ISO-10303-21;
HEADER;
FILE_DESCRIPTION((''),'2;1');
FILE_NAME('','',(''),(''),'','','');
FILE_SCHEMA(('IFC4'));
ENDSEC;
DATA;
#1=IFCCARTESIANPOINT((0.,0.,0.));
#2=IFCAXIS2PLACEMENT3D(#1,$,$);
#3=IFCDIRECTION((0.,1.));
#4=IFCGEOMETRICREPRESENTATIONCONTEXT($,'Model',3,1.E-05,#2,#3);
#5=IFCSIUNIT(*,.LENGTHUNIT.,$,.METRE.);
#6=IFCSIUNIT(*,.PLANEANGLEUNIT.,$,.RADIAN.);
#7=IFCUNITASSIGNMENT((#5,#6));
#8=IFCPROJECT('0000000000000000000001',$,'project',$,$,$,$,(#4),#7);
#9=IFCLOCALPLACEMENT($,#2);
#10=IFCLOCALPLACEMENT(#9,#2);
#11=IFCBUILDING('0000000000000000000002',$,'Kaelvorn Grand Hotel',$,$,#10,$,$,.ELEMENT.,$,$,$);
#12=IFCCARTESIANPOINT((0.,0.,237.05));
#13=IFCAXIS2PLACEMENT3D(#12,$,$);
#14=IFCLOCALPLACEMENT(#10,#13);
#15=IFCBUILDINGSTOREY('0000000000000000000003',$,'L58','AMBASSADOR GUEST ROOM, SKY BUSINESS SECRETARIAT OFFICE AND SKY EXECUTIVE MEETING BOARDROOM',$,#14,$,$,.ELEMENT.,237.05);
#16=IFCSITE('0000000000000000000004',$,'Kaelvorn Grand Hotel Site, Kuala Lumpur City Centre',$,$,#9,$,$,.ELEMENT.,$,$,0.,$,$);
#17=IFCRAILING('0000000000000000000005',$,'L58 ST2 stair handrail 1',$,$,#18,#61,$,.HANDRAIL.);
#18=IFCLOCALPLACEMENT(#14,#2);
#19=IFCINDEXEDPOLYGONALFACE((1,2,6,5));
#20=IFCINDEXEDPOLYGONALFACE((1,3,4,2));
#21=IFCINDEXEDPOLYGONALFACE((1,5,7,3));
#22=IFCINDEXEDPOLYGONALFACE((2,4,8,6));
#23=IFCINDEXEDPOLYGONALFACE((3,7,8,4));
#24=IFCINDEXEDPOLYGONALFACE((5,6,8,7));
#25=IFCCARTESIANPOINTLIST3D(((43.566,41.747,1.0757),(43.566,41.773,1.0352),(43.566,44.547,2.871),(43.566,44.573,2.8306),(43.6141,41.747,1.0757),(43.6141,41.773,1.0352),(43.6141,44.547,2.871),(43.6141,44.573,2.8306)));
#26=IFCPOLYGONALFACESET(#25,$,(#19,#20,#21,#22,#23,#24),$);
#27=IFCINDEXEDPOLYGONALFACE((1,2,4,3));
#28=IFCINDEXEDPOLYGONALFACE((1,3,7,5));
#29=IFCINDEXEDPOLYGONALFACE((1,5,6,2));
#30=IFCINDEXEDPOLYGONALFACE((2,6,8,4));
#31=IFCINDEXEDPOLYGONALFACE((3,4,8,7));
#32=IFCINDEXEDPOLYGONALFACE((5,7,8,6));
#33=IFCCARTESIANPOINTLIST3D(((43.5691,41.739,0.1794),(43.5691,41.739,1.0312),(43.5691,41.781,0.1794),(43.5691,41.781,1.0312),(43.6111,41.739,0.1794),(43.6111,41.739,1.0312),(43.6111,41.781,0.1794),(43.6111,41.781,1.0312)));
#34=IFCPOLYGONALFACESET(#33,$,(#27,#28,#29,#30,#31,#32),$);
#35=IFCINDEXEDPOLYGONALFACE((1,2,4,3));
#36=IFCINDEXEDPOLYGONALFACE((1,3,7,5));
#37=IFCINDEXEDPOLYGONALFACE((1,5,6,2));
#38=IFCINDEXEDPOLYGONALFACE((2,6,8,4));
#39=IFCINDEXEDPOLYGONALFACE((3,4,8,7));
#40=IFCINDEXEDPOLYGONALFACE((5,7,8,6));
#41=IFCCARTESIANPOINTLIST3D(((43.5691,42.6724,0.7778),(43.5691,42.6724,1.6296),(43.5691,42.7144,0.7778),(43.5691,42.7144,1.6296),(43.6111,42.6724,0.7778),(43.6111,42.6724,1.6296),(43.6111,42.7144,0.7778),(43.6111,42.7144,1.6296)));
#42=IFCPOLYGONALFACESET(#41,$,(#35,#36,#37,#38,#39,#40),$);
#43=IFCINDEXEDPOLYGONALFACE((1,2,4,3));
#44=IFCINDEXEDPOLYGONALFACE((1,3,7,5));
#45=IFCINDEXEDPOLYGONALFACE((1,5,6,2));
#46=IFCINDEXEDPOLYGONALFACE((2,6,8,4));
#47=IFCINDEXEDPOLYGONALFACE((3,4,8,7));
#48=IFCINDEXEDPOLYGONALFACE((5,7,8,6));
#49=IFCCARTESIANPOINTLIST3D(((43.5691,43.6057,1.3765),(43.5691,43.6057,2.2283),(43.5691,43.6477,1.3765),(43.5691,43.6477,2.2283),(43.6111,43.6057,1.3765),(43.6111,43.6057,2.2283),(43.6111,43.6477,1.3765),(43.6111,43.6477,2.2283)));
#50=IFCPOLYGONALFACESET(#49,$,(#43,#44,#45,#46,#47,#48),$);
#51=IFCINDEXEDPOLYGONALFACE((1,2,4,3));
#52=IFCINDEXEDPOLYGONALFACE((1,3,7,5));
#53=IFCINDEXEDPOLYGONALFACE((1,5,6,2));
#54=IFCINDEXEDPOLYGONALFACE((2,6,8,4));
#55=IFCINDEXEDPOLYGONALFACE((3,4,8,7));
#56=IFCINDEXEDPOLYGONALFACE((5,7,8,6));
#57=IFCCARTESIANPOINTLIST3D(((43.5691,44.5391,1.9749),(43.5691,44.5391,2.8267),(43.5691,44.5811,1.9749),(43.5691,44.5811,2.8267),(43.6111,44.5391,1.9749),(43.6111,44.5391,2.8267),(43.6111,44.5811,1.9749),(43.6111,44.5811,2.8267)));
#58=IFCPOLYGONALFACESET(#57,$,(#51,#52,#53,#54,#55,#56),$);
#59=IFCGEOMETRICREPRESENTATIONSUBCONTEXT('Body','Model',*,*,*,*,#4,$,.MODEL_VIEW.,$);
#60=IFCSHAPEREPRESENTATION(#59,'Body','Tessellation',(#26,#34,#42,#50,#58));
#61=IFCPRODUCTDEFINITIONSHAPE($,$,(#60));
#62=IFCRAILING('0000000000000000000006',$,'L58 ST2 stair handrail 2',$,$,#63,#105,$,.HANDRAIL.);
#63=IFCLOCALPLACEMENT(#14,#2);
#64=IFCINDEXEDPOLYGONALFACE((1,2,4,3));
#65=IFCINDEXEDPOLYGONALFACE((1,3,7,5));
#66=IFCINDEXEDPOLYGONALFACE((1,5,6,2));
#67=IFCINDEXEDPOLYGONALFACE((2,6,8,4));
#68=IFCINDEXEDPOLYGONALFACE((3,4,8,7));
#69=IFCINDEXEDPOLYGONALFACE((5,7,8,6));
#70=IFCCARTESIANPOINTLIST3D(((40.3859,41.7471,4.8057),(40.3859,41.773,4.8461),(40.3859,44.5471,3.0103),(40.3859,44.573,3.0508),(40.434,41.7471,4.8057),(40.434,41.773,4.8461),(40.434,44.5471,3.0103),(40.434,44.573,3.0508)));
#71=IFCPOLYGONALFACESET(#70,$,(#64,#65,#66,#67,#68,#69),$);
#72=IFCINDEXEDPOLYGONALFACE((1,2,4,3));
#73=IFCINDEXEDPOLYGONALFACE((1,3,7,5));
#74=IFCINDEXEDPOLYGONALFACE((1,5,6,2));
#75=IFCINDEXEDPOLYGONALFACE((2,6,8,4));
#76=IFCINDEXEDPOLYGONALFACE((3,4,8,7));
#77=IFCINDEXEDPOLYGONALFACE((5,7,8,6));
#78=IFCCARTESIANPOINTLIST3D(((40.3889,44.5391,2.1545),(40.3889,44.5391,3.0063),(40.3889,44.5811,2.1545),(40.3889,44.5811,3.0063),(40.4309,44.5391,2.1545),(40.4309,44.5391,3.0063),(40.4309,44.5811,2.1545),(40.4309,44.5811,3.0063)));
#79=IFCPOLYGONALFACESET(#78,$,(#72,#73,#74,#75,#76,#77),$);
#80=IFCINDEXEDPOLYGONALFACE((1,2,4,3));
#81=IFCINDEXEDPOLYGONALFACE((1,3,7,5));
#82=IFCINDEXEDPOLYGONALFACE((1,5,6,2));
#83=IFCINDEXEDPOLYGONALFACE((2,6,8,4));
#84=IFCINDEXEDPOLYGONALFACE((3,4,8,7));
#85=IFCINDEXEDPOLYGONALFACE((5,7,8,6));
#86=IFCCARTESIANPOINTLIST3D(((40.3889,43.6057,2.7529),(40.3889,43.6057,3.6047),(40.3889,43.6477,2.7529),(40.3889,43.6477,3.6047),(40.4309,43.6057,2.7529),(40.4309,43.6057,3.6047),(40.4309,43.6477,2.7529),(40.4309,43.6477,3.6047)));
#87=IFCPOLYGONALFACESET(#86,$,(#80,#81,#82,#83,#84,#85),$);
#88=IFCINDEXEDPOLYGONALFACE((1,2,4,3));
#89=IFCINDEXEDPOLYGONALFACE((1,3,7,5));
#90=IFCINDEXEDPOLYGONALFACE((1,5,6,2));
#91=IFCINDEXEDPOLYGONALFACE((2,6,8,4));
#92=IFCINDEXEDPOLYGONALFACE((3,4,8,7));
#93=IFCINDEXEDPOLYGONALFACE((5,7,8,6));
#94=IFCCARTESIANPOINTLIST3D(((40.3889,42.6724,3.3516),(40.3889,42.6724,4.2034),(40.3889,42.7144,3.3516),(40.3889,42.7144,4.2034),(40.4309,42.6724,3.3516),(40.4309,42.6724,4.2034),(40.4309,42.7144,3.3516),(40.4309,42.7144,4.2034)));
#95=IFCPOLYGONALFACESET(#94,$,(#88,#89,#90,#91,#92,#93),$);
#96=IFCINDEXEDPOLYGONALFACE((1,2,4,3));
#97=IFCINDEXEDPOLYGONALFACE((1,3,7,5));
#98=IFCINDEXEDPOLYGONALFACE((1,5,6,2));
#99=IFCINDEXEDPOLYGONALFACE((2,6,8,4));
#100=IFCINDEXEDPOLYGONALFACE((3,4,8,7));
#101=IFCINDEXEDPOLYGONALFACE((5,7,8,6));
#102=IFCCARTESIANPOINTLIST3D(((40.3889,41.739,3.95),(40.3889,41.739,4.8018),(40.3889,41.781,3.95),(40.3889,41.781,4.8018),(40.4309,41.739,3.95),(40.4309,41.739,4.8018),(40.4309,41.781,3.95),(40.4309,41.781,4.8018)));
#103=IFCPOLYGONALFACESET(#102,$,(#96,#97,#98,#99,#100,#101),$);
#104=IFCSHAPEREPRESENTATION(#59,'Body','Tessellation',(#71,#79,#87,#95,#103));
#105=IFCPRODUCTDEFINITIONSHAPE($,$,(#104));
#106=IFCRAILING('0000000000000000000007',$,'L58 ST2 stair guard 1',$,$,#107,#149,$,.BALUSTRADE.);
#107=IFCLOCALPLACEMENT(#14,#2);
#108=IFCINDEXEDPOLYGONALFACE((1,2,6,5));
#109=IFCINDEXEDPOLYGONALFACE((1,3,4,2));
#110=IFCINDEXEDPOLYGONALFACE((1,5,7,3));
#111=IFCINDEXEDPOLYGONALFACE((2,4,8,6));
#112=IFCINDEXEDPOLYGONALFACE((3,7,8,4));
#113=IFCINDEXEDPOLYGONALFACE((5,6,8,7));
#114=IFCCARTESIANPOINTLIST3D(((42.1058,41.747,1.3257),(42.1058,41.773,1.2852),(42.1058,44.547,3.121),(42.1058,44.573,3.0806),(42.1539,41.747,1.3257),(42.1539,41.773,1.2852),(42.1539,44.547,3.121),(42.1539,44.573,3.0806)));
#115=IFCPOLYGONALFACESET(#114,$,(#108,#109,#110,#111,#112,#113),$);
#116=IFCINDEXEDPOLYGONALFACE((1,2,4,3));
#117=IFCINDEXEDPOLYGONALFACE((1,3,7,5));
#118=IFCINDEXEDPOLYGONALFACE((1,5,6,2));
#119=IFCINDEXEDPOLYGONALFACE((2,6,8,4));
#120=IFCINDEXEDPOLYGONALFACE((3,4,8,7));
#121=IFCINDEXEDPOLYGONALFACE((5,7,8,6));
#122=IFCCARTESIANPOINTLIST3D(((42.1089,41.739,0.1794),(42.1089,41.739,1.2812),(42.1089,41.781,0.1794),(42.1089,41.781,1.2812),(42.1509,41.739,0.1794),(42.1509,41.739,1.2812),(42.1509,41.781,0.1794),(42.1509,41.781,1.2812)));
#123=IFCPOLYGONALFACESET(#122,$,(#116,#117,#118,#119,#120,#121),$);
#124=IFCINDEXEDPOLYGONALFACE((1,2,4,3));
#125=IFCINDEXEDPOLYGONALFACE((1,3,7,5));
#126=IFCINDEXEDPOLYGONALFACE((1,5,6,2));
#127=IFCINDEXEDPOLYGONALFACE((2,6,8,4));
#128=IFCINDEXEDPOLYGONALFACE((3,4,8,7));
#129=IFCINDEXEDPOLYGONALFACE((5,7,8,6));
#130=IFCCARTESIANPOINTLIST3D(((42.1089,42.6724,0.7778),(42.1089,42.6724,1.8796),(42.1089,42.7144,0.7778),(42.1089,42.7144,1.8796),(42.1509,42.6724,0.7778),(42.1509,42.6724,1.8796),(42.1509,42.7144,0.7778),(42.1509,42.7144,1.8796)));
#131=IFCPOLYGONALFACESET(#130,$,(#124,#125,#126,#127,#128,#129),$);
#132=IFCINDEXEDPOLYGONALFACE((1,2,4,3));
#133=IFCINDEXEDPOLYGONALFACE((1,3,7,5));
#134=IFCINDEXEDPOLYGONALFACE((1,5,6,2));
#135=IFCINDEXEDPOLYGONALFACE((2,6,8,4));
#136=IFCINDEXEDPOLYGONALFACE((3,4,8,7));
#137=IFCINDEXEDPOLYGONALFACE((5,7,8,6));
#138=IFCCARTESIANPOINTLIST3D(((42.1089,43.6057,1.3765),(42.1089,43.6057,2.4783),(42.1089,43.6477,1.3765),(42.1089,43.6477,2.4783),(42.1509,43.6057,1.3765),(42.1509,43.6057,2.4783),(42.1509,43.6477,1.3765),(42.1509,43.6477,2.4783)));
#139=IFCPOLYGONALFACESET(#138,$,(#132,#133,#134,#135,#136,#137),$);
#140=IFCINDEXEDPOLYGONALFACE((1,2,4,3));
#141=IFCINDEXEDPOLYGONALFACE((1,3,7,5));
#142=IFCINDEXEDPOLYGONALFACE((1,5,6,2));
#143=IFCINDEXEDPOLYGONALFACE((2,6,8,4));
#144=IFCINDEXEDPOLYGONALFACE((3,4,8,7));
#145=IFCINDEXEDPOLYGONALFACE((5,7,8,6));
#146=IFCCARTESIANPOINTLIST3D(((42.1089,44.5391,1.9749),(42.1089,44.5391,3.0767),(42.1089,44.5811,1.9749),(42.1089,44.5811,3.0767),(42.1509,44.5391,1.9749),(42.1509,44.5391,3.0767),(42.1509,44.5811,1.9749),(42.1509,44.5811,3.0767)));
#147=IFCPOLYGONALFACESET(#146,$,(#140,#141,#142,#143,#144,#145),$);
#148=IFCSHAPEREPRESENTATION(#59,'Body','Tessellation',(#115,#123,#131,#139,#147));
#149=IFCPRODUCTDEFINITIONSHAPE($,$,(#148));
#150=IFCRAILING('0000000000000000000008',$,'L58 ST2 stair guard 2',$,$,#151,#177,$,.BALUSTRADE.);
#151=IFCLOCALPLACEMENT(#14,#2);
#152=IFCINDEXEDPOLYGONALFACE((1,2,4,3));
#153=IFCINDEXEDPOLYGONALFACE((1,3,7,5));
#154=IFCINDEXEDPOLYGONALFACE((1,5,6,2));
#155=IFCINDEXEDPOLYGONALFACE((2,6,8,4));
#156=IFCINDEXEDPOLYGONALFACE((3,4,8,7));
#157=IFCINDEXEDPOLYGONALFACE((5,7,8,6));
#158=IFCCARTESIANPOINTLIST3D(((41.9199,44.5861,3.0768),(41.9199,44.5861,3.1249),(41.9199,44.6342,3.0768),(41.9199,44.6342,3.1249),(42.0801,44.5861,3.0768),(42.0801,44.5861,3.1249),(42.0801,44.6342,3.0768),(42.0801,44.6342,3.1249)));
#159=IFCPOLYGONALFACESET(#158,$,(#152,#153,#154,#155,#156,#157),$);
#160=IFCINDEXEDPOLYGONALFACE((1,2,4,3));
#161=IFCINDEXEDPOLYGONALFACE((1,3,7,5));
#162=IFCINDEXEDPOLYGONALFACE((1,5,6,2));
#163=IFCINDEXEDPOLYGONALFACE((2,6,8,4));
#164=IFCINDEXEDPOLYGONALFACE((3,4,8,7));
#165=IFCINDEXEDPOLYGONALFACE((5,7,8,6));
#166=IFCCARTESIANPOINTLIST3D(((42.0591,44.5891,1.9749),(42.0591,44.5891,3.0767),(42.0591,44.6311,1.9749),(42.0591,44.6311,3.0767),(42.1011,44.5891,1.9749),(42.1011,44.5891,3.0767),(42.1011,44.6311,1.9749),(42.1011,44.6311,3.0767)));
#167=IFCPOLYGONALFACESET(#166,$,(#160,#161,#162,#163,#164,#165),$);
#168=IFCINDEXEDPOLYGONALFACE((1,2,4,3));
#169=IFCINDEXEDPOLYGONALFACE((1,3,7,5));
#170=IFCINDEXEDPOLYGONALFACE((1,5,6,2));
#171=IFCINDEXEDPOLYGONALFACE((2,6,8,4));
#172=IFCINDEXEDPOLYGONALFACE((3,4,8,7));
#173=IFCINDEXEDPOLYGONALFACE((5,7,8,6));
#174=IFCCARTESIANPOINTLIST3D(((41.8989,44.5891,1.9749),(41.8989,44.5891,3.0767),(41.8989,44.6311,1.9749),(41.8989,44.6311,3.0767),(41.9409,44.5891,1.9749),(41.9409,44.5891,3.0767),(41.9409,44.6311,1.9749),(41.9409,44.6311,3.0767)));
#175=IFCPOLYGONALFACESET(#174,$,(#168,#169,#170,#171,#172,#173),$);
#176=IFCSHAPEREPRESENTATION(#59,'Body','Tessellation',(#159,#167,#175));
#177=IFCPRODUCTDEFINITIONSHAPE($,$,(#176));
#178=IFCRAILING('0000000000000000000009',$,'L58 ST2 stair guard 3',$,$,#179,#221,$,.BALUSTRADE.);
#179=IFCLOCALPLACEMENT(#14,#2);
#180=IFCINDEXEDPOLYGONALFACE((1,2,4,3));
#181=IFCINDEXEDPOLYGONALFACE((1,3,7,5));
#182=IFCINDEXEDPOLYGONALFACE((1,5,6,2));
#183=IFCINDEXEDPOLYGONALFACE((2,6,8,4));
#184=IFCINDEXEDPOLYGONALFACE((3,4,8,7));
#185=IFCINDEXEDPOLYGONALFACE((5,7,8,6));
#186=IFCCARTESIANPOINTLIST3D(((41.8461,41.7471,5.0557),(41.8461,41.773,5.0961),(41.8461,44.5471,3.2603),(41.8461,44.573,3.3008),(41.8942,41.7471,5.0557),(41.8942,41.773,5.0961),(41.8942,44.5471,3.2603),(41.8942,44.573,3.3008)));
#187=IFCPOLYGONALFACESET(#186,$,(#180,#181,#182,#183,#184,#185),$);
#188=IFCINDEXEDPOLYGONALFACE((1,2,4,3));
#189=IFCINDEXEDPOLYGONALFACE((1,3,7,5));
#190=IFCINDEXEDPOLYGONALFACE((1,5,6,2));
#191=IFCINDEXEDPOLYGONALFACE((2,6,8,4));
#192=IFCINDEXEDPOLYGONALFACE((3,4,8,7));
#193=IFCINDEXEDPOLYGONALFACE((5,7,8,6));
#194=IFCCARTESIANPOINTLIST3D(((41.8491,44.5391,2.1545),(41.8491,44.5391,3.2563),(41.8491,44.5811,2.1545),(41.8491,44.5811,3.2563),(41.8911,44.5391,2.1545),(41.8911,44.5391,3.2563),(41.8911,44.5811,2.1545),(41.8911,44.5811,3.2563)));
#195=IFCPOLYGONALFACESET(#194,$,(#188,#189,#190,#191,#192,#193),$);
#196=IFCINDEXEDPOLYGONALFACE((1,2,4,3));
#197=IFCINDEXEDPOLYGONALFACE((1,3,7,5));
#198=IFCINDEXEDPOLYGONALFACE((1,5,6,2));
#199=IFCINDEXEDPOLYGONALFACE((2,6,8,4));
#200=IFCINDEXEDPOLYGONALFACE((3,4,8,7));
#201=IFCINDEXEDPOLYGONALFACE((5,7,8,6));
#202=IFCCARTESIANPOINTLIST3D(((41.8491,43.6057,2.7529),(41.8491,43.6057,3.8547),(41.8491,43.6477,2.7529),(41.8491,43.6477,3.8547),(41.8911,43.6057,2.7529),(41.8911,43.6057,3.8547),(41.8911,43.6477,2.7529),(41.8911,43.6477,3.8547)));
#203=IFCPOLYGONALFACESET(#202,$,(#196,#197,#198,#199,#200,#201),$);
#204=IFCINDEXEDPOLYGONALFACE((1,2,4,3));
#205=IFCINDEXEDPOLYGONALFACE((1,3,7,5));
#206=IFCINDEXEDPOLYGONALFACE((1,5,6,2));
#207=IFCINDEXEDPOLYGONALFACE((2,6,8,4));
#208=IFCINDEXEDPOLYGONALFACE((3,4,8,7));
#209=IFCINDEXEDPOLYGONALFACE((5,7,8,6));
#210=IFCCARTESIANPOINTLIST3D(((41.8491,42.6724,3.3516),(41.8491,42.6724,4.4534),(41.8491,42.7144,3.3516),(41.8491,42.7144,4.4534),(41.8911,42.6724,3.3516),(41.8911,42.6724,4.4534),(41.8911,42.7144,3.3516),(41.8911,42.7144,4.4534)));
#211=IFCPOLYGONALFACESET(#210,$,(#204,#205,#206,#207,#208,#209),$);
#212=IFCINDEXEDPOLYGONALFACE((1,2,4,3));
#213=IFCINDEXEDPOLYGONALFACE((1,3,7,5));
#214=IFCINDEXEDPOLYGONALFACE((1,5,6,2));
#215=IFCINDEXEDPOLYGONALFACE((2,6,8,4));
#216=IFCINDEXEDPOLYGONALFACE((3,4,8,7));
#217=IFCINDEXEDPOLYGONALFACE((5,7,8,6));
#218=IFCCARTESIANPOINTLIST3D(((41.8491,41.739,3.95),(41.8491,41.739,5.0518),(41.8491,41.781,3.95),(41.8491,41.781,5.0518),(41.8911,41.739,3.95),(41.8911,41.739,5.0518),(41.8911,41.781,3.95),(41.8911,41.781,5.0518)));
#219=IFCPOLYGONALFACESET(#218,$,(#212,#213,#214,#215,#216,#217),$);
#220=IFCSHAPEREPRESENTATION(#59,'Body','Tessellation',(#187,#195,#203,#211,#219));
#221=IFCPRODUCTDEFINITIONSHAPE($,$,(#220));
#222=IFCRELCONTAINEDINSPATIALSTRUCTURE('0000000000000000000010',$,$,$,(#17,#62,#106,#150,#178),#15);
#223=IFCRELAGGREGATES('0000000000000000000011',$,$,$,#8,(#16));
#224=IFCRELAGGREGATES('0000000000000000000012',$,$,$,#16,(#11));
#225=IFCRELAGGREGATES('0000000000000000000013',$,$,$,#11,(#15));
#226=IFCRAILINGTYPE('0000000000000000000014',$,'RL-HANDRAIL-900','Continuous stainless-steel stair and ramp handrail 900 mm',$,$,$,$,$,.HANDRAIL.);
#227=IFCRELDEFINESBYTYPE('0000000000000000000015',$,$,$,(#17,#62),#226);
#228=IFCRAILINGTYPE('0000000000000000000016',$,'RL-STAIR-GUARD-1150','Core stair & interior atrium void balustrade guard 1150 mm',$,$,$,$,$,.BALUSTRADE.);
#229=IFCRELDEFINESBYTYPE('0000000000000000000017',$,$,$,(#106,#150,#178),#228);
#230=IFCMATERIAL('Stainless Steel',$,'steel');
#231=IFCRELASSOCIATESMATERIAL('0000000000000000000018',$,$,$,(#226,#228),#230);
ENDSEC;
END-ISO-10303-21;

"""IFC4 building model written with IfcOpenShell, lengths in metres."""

from ifc_helpers import new_model, si_unit, direction, frame, origin, origin_2d, place, context, subcontext, project, spatial, rectangle, extrude, material, type_object, element, save


model = new_model("IFC4")

# Units and contexts
model_context = context("Model", 3, precision=1e-05, world=origin(), true_north=direction((0.0, 1.0)))
body_context = subcontext(model_context, "Body", "Model", "MODEL_VIEW")
ifc_project = project(units=[si_unit("LENGTHUNIT", "METRE"), si_unit("PLANEANGLEUNIT", "RADIAN")], contexts=[model_context])

# Site, building, storey
site_placement = place(None, origin())
site = spatial("IfcSite", under=ifc_project, at=site_placement, Name="Kaelvorn Grand Hotel Site, Kuala Lumpur City Centre", CompositionType="ELEMENT", RefElevation=0.0)
building_placement = place(site_placement, origin())
building = spatial("IfcBuilding", under=site, at=building_placement, Name="Kaelvorn Grand Hotel", CompositionType="ELEMENT")
storey_placement = place(building_placement, frame((0.0, 0.0, 237.05)))
storey = spatial("IfcBuildingStorey", under=building, at=storey_placement, Name="L58", Description="AMBASSADOR GUEST ROOM, SKY BUSINESS SECRETARIAT OFFICE AND SKY EXECUTIVE MEETING BOARDROOM", CompositionType="ELEMENT", Elevation=237.05)

# Railings
ifc_material_1 = material(Name="Stainless Steel", Category="steel")
railing_type_1 = type_object("IfcRailingType", Name="RL-HANDRAIL-900", Description="Continuous stainless-steel stair and ramp handrail 900 mm", PredefinedType="HANDRAIL", material=ifc_material_1)
railing_1_placement = place(storey_placement, frame((43.5901, 41.76, 0.1794)))
element("IfcRailing", 1, at=railing_1_placement, inside=storey, type_object=railing_type_1, Name="L58 ST2 stair handrail 1", PredefinedType="HANDRAIL", context=body_context, shape_type="SweptSolid", body=[
    extrude(rectangle(XDim=0.0481, YDim=0.0481, at=origin_2d()), frame((0.0, 0.0, 0.876), z_axis=(0.0, 0.84181, 0.539774), x_axis=(-1.0, 0.0, 0.0)), (0.0, 0.0, 1.0), 3.3262),
    extrude(rectangle(XDim=0.042, YDim=0.042, at=origin_2d()), origin(), (0.0, 0.0, 1.0), 0.8518),
    extrude(rectangle(XDim=0.042, YDim=0.042, at=origin_2d()), frame((0.0, 0.9333, 0.5984)), (0.0, 0.0, 1.0), 0.8518),
    extrude(rectangle(XDim=0.042, YDim=0.042, at=origin_2d()), frame((0.0, 1.8667, 1.197)), (0.0, 0.0, 1.0), 0.8518),
    extrude(rectangle(XDim=0.042, YDim=0.042, at=origin_2d()), frame((0.0, 2.8, 1.7954)), (0.0, 0.0, 1.0), 0.8518),
])
railing_2_placement = place(storey_placement, frame((40.4099, 44.5601, 2.1545)))
element("IfcRailing", 2, at=railing_2_placement, inside=storey, type_object=railing_type_1, Name="L58 ST2 stair handrail 2", PredefinedType="HANDRAIL", context=body_context, shape_type="SweptSolid", body=[
    extrude(rectangle(XDim=0.0481, YDim=0.0481, at=origin_2d()), frame((0.0, 0.0, 0.876), z_axis=(0.0, -0.84181, 0.539774), x_axis=(1.0, 0.0, 0.0)), (0.0, 0.0, 1.0), 3.3262),
    extrude(rectangle(XDim=0.042, YDim=0.042, at=origin_2d()), origin(), (0.0, 0.0, 1.0), 0.8518),
    extrude(rectangle(XDim=0.042, YDim=0.042, at=origin_2d()), frame((0.0, -0.9333, 0.5984)), (0.0, 0.0, 1.0), 0.8518),
    extrude(rectangle(XDim=0.042, YDim=0.042, at=origin_2d()), frame((0.0, -1.8667, 1.197)), (0.0, 0.0, 1.0), 0.8518),
    extrude(rectangle(XDim=0.042, YDim=0.042, at=origin_2d()), frame((0.0, -2.8, 1.7954)), (0.0, 0.0, 1.0), 0.8518),
])
railing_type_2 = type_object("IfcRailingType", Name="RL-STAIR-GUARD-1150", Description="Core stair & interior atrium void balustrade guard 1150 mm", PredefinedType="BALUSTRADE", material=ifc_material_1)
railing_3_placement = place(storey_placement, frame((42.1299, 41.76, 0.1794)))
element("IfcRailing", 3, at=railing_3_placement, inside=storey, type_object=railing_type_2, Name="L58 ST2 stair guard 1", PredefinedType="BALUSTRADE", context=body_context, shape_type="SweptSolid", body=[
    extrude(rectangle(XDim=0.0481, YDim=0.0481, at=origin_2d()), frame((0.0, 0.0, 1.126), z_axis=(0.0, 0.84181, 0.539774), x_axis=(-1.0, 0.0, 0.0)), (0.0, 0.0, 1.0), 3.3262),
    extrude(rectangle(XDim=0.042, YDim=0.042, at=origin_2d()), origin(), (0.0, 0.0, 1.0), 1.1018),
    extrude(rectangle(XDim=0.042, YDim=0.042, at=origin_2d()), frame((0.0, 0.9333, 0.5984)), (0.0, 0.0, 1.0), 1.1018),
    extrude(rectangle(XDim=0.042, YDim=0.042, at=origin_2d()), frame((0.0, 1.8667, 1.197)), (0.0, 0.0, 1.0), 1.1018),
    extrude(rectangle(XDim=0.042, YDim=0.042, at=origin_2d()), frame((0.0, 2.8, 1.7954)), (0.0, 0.0, 1.0), 1.1018),
])
railing_4_placement = place(storey_placement, frame((42.0801, 44.6101, 1.9749)))
element("IfcRailing", 4, at=railing_4_placement, inside=storey, type_object=railing_type_2, Name="L58 ST2 stair guard 2", PredefinedType="BALUSTRADE", context=body_context, shape_type="SweptSolid", body=[
    extrude(rectangle(XDim=0.0481, YDim=0.0481, at=origin_2d()), frame((0.0, 0.0, 1.126), z_axis=(-1.0, 0.0, 0.0), x_axis=(0.0, -1.0, 0.0)), (0.0, 0.0, 1.0), 0.1602),
    extrude(rectangle(XDim=0.042, YDim=0.042, at=origin_2d()), origin(), (0.0, 0.0, 1.0), 1.1018),
    extrude(rectangle(XDim=0.042, YDim=0.042, at=origin_2d()), frame((-0.1602, 0.0, 0.0)), (0.0, 0.0, 1.0), 1.1018),
])
railing_5_placement = place(storey_placement, frame((41.8701, 44.5601, 2.1545)))
element("IfcRailing", 5, at=railing_5_placement, inside=storey, type_object=railing_type_2, Name="L58 ST2 stair guard 3", PredefinedType="BALUSTRADE", context=body_context, shape_type="SweptSolid", body=[
    extrude(rectangle(XDim=0.0481, YDim=0.0481, at=origin_2d()), frame((0.0, 0.0, 1.126), z_axis=(0.0, -0.84181, 0.539774), x_axis=(1.0, 0.0, 0.0)), (0.0, 0.0, 1.0), 3.3262),
    extrude(rectangle(XDim=0.042, YDim=0.042, at=origin_2d()), origin(), (0.0, 0.0, 1.0), 1.1018),
    extrude(rectangle(XDim=0.042, YDim=0.042, at=origin_2d()), frame((0.0, -0.9333, 0.5984)), (0.0, 0.0, 1.0), 1.1018),
    extrude(rectangle(XDim=0.042, YDim=0.042, at=origin_2d()), frame((0.0, -1.8667, 1.197)), (0.0, 0.0, 1.0), 1.1018),
    extrude(rectangle(XDim=0.042, YDim=0.042, at=origin_2d()), frame((0.0, -2.8, 1.7954)), (0.0, 0.0, 1.0), 1.1018),
])

save(model, "model.ifc")
